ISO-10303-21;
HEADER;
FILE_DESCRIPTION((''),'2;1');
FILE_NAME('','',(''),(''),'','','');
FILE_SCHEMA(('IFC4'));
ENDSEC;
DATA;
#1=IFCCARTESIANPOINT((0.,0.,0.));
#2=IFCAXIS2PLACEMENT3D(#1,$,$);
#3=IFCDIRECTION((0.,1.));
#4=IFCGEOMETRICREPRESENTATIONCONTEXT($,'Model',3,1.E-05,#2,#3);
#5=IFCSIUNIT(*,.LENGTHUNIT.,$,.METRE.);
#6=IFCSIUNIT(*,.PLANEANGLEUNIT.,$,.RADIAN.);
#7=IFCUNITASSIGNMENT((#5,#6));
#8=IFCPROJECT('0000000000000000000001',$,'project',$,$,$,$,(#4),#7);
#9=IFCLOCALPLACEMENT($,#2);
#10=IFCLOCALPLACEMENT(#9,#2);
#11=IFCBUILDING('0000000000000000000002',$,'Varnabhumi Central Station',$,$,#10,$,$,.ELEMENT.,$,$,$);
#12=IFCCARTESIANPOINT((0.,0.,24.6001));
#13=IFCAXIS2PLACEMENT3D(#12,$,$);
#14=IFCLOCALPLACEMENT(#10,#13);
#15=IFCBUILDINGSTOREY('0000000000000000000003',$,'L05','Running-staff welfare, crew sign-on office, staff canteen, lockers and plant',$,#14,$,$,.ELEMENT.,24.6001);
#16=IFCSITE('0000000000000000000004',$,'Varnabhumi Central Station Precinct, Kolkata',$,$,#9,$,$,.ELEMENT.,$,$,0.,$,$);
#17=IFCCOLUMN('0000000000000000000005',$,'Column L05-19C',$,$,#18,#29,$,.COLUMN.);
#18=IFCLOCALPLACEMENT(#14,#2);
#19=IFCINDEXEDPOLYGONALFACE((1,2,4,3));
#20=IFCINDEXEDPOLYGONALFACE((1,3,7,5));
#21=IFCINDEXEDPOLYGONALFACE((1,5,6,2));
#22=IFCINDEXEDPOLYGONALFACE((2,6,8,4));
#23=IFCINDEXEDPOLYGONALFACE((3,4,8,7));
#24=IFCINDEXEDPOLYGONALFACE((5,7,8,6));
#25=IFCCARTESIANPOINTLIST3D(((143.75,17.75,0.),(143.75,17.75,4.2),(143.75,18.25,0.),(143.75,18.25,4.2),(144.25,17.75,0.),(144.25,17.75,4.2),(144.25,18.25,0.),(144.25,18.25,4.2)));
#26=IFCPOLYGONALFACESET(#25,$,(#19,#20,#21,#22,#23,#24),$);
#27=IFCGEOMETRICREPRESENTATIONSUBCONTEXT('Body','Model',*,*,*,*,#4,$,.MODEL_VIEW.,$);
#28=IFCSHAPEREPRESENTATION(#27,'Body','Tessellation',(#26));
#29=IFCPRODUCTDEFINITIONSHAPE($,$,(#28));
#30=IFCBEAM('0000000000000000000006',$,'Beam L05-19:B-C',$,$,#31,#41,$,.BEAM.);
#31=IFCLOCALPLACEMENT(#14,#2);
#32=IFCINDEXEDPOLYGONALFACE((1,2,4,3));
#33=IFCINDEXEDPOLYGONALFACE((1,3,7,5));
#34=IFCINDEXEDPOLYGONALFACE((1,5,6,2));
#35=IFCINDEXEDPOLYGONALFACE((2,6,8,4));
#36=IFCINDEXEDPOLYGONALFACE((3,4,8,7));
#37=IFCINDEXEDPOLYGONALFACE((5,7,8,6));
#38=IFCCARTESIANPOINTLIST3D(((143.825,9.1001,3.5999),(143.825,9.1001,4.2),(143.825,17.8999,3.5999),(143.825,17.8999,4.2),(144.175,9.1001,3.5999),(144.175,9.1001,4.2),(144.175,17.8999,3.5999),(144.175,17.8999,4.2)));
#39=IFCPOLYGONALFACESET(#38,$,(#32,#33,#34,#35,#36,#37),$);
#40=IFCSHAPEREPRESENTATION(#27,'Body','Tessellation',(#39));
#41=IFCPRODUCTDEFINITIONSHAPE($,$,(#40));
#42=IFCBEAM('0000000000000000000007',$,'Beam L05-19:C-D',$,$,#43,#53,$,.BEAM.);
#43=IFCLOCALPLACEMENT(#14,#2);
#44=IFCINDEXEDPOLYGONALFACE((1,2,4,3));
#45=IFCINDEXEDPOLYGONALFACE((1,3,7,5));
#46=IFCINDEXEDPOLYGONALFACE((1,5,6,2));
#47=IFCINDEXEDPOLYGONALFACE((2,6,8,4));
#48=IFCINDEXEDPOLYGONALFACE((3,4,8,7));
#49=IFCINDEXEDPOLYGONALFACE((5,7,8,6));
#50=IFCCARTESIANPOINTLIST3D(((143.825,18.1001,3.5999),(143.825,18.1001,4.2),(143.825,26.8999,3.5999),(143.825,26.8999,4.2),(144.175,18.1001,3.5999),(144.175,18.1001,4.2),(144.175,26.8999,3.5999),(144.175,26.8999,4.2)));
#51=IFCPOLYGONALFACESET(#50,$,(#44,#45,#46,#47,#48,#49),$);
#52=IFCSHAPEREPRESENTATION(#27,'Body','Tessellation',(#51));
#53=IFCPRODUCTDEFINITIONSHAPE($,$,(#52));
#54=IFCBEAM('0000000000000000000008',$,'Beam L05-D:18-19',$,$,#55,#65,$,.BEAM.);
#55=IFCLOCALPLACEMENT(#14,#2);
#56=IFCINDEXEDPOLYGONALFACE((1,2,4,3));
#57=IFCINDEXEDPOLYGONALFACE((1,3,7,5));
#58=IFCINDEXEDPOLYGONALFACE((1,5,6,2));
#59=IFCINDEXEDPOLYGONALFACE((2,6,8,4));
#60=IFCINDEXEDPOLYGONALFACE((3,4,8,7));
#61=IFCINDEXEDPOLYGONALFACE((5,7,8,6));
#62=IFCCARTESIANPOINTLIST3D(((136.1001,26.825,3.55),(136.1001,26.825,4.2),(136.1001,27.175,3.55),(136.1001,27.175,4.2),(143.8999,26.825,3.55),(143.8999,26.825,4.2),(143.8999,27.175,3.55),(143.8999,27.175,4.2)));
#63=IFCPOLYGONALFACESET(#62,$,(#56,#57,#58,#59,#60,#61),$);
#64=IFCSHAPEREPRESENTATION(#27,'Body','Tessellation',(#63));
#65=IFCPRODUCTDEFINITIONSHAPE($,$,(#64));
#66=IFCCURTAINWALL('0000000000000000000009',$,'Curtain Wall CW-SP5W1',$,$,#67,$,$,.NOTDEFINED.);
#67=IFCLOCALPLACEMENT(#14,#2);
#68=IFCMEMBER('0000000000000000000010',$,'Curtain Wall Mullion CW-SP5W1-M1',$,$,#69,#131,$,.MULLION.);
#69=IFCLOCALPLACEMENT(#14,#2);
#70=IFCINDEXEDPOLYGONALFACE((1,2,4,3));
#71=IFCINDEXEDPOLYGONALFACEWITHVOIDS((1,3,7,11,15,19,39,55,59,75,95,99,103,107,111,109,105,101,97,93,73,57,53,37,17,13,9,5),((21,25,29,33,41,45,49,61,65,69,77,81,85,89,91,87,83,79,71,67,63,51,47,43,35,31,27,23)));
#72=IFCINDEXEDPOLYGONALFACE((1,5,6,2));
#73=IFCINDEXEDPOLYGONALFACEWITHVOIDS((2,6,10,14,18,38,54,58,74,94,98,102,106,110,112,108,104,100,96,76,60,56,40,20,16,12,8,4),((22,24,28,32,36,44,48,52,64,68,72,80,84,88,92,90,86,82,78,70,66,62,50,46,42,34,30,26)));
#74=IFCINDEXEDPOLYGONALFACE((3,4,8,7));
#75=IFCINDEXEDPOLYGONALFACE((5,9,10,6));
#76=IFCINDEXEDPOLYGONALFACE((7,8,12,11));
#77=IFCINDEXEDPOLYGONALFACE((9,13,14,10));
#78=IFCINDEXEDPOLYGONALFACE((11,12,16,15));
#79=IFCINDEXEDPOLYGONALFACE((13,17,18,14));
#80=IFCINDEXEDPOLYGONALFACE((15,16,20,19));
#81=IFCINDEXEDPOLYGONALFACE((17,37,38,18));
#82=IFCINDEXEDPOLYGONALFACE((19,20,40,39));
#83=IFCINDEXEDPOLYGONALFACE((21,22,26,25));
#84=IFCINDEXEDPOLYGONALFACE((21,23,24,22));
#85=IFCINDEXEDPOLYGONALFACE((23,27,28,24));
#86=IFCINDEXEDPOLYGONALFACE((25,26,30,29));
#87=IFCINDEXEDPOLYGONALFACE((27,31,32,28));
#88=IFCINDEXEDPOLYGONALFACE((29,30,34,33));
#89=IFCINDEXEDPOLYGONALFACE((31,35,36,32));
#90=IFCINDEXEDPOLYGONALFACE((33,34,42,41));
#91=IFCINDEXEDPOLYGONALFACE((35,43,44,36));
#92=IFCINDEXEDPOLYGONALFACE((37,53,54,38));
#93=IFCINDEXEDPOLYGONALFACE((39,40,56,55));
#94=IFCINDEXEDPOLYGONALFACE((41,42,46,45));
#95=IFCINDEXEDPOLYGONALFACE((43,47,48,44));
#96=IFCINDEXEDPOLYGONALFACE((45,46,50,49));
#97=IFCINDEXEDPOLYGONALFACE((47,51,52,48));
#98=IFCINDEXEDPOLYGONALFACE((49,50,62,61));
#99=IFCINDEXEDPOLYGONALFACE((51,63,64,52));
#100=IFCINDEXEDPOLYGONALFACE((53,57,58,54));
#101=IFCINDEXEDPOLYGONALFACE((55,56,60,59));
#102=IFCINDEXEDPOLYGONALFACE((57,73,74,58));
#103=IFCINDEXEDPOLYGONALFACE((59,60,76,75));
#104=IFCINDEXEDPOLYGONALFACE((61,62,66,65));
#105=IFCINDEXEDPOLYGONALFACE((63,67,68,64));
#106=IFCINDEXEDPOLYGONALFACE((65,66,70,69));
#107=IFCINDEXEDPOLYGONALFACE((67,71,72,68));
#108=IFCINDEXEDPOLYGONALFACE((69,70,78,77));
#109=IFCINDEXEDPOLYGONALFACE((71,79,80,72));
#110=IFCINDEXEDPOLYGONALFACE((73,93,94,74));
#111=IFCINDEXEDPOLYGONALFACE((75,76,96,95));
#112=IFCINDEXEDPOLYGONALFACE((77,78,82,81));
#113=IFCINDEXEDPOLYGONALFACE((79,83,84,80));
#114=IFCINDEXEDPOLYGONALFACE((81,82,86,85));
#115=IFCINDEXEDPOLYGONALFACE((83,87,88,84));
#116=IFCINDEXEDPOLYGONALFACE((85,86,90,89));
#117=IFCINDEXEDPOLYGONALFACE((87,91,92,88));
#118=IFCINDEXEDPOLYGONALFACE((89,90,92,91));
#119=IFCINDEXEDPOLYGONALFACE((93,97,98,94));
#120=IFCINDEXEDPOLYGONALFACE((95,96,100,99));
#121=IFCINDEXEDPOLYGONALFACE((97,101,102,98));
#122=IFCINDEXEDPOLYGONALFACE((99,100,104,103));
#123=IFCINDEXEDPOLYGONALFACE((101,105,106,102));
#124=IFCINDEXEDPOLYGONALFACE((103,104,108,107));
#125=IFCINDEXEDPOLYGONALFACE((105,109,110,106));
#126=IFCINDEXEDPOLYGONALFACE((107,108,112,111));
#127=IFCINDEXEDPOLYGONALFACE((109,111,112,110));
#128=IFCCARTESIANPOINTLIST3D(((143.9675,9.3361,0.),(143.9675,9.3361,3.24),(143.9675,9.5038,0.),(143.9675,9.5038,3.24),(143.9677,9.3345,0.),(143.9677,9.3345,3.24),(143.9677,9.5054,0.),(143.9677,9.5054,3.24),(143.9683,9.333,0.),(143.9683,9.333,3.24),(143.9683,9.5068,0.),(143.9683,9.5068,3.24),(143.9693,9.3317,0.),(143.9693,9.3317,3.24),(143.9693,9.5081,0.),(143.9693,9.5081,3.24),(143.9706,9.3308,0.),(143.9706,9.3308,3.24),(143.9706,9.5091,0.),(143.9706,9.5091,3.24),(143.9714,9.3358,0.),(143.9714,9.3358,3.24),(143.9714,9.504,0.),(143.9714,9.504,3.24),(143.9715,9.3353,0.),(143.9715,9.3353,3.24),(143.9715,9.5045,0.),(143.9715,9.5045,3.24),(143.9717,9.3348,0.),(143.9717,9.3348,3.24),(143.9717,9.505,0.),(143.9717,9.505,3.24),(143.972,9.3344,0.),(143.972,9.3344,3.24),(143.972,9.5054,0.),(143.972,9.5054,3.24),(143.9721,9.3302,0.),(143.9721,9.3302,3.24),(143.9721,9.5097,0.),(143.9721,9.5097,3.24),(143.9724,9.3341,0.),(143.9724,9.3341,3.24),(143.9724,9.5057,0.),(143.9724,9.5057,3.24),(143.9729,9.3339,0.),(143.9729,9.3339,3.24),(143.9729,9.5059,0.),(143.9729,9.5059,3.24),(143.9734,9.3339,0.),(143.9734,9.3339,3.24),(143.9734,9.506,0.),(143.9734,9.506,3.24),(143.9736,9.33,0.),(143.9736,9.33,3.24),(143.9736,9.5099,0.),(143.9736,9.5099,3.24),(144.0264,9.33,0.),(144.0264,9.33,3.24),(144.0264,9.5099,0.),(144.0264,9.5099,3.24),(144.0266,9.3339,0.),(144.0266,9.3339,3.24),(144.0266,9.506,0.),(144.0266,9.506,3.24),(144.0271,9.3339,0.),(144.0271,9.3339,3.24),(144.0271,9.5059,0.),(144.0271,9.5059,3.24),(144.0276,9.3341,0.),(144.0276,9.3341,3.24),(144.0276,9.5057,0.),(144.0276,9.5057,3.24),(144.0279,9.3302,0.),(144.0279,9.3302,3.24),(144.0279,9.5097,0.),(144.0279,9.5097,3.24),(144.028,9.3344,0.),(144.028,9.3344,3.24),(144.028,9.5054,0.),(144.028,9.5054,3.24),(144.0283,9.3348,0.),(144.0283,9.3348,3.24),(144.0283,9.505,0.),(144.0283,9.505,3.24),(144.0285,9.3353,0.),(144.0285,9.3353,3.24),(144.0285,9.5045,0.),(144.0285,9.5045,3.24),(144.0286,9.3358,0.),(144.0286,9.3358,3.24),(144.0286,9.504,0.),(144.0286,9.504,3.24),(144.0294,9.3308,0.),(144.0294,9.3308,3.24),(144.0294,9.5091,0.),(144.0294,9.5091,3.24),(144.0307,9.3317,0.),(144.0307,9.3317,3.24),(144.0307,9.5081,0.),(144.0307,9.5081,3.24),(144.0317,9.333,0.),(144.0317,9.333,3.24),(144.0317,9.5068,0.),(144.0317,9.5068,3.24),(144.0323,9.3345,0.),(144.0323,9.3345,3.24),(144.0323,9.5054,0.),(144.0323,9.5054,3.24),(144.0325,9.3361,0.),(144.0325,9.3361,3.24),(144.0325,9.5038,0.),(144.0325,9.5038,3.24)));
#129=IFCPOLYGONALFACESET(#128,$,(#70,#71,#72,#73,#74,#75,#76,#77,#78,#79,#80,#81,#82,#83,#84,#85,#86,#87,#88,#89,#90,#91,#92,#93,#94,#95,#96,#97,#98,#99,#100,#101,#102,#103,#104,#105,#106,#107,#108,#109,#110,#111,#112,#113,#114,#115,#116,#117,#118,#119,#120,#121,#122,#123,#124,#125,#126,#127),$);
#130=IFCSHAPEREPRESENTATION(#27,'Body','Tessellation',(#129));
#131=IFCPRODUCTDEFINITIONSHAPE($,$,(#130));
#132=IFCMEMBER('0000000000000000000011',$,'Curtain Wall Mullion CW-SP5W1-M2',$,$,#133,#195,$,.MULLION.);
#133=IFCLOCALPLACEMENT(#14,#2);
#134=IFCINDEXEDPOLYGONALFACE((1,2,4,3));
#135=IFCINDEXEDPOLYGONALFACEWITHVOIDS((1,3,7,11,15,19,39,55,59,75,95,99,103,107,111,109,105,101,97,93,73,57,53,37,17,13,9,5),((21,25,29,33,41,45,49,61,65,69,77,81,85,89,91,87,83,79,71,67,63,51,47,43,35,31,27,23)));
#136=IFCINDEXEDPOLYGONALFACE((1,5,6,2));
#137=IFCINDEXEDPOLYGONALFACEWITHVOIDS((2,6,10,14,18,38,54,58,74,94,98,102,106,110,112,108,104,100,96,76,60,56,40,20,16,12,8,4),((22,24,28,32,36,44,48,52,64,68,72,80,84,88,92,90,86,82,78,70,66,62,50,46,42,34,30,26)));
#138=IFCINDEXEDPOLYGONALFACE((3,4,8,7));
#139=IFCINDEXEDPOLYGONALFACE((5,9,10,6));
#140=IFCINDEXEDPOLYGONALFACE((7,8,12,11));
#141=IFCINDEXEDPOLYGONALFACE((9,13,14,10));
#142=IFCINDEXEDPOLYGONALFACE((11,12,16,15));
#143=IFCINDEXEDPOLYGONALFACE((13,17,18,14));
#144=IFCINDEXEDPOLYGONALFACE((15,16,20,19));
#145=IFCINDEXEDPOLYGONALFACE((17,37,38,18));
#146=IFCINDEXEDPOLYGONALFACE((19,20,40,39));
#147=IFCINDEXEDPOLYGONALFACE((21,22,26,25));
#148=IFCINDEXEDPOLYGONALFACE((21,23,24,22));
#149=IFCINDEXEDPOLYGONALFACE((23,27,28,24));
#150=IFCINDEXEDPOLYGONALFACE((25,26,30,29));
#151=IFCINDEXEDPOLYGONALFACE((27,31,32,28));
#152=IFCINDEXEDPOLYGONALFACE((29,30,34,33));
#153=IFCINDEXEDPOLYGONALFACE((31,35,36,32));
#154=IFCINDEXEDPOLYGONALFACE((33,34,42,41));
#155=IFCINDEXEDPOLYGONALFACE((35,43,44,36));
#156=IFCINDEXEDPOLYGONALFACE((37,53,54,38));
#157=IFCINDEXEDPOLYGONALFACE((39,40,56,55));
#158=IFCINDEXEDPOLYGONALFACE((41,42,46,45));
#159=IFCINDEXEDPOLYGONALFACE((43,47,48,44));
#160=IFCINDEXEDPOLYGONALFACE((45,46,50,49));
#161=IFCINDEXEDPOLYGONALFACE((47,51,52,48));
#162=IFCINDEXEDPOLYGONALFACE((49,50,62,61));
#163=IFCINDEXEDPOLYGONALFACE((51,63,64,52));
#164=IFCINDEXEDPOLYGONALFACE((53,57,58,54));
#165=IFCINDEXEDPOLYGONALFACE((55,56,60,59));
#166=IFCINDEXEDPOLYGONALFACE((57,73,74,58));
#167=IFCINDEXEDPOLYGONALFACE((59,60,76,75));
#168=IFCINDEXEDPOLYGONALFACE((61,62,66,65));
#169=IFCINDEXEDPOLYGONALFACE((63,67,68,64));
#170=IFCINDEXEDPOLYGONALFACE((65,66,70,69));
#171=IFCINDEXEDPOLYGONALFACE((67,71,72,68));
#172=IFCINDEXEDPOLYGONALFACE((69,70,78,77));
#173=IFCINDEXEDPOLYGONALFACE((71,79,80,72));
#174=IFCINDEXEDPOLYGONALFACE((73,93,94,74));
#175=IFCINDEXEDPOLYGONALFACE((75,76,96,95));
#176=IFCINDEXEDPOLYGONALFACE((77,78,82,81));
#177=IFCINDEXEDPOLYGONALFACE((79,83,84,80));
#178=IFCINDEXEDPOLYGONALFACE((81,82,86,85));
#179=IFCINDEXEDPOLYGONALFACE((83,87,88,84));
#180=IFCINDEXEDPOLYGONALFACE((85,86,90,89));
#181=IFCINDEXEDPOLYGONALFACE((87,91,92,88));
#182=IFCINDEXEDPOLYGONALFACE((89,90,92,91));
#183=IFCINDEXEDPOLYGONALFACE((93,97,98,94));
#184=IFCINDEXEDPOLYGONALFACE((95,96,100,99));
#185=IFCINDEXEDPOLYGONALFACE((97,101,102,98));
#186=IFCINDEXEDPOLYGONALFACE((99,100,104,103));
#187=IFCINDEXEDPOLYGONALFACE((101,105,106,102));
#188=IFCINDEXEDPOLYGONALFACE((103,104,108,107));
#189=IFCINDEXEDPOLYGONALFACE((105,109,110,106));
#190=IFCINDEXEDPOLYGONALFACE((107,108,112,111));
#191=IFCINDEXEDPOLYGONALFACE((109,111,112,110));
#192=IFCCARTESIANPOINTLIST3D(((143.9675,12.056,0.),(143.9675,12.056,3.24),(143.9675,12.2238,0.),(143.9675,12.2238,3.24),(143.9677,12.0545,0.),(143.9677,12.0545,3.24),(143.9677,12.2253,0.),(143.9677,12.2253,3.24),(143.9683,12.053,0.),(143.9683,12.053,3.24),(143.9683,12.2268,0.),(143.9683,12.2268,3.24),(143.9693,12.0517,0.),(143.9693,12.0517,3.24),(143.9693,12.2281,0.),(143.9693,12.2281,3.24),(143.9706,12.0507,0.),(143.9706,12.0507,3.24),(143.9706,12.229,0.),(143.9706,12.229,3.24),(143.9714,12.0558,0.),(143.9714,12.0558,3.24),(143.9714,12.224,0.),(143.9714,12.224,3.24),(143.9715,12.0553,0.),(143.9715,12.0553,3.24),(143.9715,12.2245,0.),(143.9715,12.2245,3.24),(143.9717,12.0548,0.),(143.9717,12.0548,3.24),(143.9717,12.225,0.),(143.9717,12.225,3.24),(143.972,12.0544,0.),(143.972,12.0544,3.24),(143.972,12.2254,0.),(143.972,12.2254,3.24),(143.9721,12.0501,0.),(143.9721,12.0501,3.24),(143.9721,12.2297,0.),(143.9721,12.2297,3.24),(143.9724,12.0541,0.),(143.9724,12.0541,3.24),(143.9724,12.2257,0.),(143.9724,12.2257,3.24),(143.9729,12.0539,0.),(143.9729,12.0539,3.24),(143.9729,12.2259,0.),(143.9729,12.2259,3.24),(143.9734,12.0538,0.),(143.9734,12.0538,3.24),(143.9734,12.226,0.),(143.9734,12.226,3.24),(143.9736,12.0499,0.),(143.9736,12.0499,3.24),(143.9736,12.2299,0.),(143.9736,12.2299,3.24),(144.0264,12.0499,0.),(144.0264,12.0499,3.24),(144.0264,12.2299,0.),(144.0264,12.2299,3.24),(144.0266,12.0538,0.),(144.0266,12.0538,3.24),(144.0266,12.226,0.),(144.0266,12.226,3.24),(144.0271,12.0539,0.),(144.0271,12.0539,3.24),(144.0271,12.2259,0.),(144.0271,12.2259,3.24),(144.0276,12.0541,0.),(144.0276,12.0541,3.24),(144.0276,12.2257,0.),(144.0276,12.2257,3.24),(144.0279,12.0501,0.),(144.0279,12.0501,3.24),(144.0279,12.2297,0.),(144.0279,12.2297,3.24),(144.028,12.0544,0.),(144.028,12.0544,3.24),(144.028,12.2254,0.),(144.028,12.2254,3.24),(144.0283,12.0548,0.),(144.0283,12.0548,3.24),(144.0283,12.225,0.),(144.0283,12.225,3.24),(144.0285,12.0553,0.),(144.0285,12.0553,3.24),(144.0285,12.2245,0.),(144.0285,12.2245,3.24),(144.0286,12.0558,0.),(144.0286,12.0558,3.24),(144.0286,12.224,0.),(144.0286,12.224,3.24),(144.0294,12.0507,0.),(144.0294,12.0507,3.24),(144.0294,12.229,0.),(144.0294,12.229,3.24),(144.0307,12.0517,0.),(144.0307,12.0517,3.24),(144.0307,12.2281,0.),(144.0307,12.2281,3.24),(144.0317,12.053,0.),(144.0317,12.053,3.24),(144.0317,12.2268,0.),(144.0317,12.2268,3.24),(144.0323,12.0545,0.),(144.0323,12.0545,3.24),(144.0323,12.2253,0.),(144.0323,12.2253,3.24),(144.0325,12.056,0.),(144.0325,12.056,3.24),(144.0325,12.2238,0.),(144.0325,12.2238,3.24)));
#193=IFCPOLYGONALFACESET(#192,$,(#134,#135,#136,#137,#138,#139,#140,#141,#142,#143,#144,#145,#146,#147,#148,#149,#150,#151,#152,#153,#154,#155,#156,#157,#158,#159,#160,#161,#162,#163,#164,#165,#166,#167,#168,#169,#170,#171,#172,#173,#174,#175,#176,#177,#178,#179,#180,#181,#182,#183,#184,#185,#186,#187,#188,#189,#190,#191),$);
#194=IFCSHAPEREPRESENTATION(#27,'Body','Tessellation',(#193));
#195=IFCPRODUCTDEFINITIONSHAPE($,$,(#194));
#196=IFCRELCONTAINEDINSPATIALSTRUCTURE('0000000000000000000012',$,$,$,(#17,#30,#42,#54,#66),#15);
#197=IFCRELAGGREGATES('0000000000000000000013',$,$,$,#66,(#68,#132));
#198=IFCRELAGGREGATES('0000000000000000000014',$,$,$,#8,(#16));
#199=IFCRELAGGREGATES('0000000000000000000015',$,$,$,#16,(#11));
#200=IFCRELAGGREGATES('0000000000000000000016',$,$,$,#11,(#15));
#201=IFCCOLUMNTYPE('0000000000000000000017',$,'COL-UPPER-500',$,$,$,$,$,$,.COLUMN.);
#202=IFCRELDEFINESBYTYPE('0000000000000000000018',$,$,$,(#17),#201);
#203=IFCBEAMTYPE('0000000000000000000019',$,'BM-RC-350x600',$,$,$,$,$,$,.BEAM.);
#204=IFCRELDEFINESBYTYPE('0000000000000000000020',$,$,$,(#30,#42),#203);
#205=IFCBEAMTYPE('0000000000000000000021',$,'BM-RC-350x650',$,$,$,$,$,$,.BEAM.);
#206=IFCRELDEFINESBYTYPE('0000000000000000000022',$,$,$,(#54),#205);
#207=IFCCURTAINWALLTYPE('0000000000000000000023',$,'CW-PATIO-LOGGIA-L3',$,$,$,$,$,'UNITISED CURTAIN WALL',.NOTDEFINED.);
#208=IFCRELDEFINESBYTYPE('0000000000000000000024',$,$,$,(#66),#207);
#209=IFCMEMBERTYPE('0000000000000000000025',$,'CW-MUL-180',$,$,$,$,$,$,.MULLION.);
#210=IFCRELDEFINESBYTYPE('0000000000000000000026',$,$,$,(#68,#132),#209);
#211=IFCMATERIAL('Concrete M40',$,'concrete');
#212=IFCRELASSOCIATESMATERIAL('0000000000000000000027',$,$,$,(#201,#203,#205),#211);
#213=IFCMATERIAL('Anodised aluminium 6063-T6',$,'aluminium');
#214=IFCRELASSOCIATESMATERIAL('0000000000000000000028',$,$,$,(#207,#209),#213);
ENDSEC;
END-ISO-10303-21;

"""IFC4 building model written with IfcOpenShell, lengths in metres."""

from ifc_helpers import new_model, si_unit, direction, frame, origin, origin_2d, place, context, subcontext, project, spatial, rectangle, hollow_rectangle, extrude, material, material_profile, profile_set, type_object, element, aggregate, save


model = new_model("IFC4")

# Units and contexts
model_context = context("Model", 3, precision=1e-05, world=origin(), true_north=direction((0.0, 1.0)))
body_context = subcontext(model_context, "Body", "Model", "MODEL_VIEW")
ifc_project = project(units=[si_unit("LENGTHUNIT", "METRE"), si_unit("PLANEANGLEUNIT", "RADIAN")], contexts=[model_context])

# Site, building, storey
site_placement = place(None, origin())
site = spatial("IfcSite", under=ifc_project, at=site_placement, Name="Varnabhumi Central Station Precinct, Kolkata", CompositionType="ELEMENT", RefElevation=0.0)
building_placement = place(site_placement, origin())
building = spatial("IfcBuilding", under=site, at=building_placement, Name="Varnabhumi Central Station", CompositionType="ELEMENT")
storey_placement = place(building_placement, frame((0.0, 0.0, 24.6001)))
storey = spatial("IfcBuildingStorey", under=building, at=storey_placement, Name="L05", Description="Running-staff welfare, crew sign-on office, staff canteen, lockers and plant", CompositionType="ELEMENT", Elevation=24.6001)

# Column
ifc_material_1 = material(Name="Concrete M40", Category="concrete")
ifc_material_profile_1 = material_profile(ifc_material_1, rectangle(XDim=0.5, YDim=0.5, at=origin_2d()), Name="Concrete M40", Category="concrete")
ifc_profile_set_1 = profile_set([ifc_material_profile_1], Name="Concrete M40")
column_type = type_object("IfcColumnType", Name="COL-UPPER-500", PredefinedType="COLUMN", material=ifc_profile_set_1)
column_placement = place(storey_placement, frame((144.0, 18.0, 0.0), z_axis=(0.0, 0.0, 1.0), x_axis=(1.0, 0.0, 0.0)))
element("IfcColumn", 1, at=column_placement, inside=storey, type_object=column_type, Name="Column L05-19C", PredefinedType="COLUMN", context=body_context, shape_type="SweptSolid", body=[
    extrude(rectangle(XDim=0.5, YDim=0.5, at=origin_2d()), origin(), (0.0, 0.0, 1.0), 4.2),
])

# Beams
ifc_material_profile_2 = material_profile(ifc_material_1, rectangle(XDim=0.3501, YDim=0.6001, at=origin_2d()), Name="Concrete M40", Category="concrete")
ifc_profile_set_2 = profile_set([ifc_material_profile_2], Name="Concrete M40")
beam_type_1 = type_object("IfcBeamType", Name="BM-RC-350x600", PredefinedType="BEAM", material=ifc_profile_set_2)
for number, where, z_axis, x_axis, name in (
    (2, (144.0, 9.1001, 3.8999), (0.0, 1.0, 0.0), (-1.0, 0.0, 0.0), "Beam L05-19:B-C"),
    (3, (144.0, 18.1001, 3.8999), (0.0, 1.0, 0.0), (-1.0, 0.0, 0.0), "Beam L05-19:C-D"),
):
    element("IfcBeam", number, at=place(storey_placement, frame(where, z_axis=z_axis, x_axis=x_axis)), inside=storey, type_object=beam_type_1, Name=name, PredefinedType="BEAM", context=body_context, shape_type="SweptSolid", body=[
        extrude(rectangle(XDim=0.3501, YDim=0.6001, at=origin_2d()), origin(), (0.0, 0.0, 1.0), 8.7998),
    ])
ifc_material_profile_3 = material_profile(ifc_material_1, rectangle(XDim=0.3501, YDim=0.6499, at=origin_2d()), Name="Concrete M40", Category="concrete")
ifc_profile_set_3 = profile_set([ifc_material_profile_3], Name="Concrete M40")
beam_type_2 = type_object("IfcBeamType", Name="BM-RC-350x650", PredefinedType="BEAM", material=ifc_profile_set_3)
beam_placement = place(storey_placement, frame((136.1001, 27.0, 3.875), z_axis=(1.0, 0.0, 0.0), x_axis=(0.0, 1.0, 0.0)))
element("IfcBeam", 4, at=beam_placement, inside=storey, type_object=beam_type_2, Name="Beam L05-D:18-19", PredefinedType="BEAM", context=body_context, shape_type="SweptSolid", body=[
    extrude(rectangle(XDim=0.3501, YDim=0.6499, at=origin_2d()), origin(), (0.0, 0.0, 1.0), 7.7998),
])

# Curtain wall, members
ifc_material_2 = material(Name="Anodised aluminium 6063-T6", Category="aluminium")
curtain_wall_type = type_object("IfcCurtainWallType", Name="CW-PATIO-LOGGIA-L3", ElementType="UNITISED CURTAIN WALL", PredefinedType="NOTDEFINED", material=ifc_material_2)
curtain_wall_1_placement = place(storey_placement, origin())
curtain_wall_1 = element("IfcCurtainWall", 5, at=curtain_wall_1_placement, inside=storey, type_object=curtain_wall_type, Name="Curtain Wall CW-SP5W1", PredefinedType="NOTDEFINED")
ifc_material_profile_4 = material_profile(ifc_material_2, hollow_rectangle(XDim=0.0649, YDim=0.1799, WallThickness=0.0039, InnerFilletRadius=0.002, OuterFilletRadius=0.0061, at=origin_2d()), Name="Anodised aluminium 6063-T6", Category="aluminium")
ifc_profile_set_4 = profile_set([ifc_material_profile_4], Name="Anodised aluminium 6063-T6")
member_type_1 = type_object("IfcMemberType", Name="CW-MUL-180", PredefinedType="MULLION", material=ifc_profile_set_4)
member_1_placement = place(storey_placement, frame((144.0, 9.4199, 0.0), z_axis=(0.0, 0.0, 1.0), x_axis=(1.0, 0.0, 0.0)))
member_1 = element("IfcMember", 6, at=member_1_placement, type_object=member_type_1, Name="Curtain Wall Mullion CW-SP5W1-M1", PredefinedType="MULLION", context=body_context, shape_type="SweptSolid", body=[
    extrude(hollow_rectangle(XDim=0.0649, YDim=0.1799, WallThickness=0.0039, InnerFilletRadius=0.002, OuterFilletRadius=0.0061, at=origin_2d()), origin(), (0.0, 0.0, 1.0), 3.24),
])
member_2_placement = place(storey_placement, frame((144.0, 12.1399, 0.0), z_axis=(0.0, 0.0, 1.0), x_axis=(1.0, 0.0, 0.0)))
member_2 = element("IfcMember", 7, at=member_2_placement, type_object=member_type_1, Name="Curtain Wall Mullion CW-SP5W1-M2", PredefinedType="MULLION", context=body_context, shape_type="SweptSolid", body=[
    extrude(hollow_rectangle(XDim=0.0649, YDim=0.1799, WallThickness=0.0039, InnerFilletRadius=0.002, OuterFilletRadius=0.0061, at=origin_2d()), origin(), (0.0, 0.0, 1.0), 3.24),
])

aggregate(curtain_wall_1, [member_1, member_2])

save(model, "model.ifc")
